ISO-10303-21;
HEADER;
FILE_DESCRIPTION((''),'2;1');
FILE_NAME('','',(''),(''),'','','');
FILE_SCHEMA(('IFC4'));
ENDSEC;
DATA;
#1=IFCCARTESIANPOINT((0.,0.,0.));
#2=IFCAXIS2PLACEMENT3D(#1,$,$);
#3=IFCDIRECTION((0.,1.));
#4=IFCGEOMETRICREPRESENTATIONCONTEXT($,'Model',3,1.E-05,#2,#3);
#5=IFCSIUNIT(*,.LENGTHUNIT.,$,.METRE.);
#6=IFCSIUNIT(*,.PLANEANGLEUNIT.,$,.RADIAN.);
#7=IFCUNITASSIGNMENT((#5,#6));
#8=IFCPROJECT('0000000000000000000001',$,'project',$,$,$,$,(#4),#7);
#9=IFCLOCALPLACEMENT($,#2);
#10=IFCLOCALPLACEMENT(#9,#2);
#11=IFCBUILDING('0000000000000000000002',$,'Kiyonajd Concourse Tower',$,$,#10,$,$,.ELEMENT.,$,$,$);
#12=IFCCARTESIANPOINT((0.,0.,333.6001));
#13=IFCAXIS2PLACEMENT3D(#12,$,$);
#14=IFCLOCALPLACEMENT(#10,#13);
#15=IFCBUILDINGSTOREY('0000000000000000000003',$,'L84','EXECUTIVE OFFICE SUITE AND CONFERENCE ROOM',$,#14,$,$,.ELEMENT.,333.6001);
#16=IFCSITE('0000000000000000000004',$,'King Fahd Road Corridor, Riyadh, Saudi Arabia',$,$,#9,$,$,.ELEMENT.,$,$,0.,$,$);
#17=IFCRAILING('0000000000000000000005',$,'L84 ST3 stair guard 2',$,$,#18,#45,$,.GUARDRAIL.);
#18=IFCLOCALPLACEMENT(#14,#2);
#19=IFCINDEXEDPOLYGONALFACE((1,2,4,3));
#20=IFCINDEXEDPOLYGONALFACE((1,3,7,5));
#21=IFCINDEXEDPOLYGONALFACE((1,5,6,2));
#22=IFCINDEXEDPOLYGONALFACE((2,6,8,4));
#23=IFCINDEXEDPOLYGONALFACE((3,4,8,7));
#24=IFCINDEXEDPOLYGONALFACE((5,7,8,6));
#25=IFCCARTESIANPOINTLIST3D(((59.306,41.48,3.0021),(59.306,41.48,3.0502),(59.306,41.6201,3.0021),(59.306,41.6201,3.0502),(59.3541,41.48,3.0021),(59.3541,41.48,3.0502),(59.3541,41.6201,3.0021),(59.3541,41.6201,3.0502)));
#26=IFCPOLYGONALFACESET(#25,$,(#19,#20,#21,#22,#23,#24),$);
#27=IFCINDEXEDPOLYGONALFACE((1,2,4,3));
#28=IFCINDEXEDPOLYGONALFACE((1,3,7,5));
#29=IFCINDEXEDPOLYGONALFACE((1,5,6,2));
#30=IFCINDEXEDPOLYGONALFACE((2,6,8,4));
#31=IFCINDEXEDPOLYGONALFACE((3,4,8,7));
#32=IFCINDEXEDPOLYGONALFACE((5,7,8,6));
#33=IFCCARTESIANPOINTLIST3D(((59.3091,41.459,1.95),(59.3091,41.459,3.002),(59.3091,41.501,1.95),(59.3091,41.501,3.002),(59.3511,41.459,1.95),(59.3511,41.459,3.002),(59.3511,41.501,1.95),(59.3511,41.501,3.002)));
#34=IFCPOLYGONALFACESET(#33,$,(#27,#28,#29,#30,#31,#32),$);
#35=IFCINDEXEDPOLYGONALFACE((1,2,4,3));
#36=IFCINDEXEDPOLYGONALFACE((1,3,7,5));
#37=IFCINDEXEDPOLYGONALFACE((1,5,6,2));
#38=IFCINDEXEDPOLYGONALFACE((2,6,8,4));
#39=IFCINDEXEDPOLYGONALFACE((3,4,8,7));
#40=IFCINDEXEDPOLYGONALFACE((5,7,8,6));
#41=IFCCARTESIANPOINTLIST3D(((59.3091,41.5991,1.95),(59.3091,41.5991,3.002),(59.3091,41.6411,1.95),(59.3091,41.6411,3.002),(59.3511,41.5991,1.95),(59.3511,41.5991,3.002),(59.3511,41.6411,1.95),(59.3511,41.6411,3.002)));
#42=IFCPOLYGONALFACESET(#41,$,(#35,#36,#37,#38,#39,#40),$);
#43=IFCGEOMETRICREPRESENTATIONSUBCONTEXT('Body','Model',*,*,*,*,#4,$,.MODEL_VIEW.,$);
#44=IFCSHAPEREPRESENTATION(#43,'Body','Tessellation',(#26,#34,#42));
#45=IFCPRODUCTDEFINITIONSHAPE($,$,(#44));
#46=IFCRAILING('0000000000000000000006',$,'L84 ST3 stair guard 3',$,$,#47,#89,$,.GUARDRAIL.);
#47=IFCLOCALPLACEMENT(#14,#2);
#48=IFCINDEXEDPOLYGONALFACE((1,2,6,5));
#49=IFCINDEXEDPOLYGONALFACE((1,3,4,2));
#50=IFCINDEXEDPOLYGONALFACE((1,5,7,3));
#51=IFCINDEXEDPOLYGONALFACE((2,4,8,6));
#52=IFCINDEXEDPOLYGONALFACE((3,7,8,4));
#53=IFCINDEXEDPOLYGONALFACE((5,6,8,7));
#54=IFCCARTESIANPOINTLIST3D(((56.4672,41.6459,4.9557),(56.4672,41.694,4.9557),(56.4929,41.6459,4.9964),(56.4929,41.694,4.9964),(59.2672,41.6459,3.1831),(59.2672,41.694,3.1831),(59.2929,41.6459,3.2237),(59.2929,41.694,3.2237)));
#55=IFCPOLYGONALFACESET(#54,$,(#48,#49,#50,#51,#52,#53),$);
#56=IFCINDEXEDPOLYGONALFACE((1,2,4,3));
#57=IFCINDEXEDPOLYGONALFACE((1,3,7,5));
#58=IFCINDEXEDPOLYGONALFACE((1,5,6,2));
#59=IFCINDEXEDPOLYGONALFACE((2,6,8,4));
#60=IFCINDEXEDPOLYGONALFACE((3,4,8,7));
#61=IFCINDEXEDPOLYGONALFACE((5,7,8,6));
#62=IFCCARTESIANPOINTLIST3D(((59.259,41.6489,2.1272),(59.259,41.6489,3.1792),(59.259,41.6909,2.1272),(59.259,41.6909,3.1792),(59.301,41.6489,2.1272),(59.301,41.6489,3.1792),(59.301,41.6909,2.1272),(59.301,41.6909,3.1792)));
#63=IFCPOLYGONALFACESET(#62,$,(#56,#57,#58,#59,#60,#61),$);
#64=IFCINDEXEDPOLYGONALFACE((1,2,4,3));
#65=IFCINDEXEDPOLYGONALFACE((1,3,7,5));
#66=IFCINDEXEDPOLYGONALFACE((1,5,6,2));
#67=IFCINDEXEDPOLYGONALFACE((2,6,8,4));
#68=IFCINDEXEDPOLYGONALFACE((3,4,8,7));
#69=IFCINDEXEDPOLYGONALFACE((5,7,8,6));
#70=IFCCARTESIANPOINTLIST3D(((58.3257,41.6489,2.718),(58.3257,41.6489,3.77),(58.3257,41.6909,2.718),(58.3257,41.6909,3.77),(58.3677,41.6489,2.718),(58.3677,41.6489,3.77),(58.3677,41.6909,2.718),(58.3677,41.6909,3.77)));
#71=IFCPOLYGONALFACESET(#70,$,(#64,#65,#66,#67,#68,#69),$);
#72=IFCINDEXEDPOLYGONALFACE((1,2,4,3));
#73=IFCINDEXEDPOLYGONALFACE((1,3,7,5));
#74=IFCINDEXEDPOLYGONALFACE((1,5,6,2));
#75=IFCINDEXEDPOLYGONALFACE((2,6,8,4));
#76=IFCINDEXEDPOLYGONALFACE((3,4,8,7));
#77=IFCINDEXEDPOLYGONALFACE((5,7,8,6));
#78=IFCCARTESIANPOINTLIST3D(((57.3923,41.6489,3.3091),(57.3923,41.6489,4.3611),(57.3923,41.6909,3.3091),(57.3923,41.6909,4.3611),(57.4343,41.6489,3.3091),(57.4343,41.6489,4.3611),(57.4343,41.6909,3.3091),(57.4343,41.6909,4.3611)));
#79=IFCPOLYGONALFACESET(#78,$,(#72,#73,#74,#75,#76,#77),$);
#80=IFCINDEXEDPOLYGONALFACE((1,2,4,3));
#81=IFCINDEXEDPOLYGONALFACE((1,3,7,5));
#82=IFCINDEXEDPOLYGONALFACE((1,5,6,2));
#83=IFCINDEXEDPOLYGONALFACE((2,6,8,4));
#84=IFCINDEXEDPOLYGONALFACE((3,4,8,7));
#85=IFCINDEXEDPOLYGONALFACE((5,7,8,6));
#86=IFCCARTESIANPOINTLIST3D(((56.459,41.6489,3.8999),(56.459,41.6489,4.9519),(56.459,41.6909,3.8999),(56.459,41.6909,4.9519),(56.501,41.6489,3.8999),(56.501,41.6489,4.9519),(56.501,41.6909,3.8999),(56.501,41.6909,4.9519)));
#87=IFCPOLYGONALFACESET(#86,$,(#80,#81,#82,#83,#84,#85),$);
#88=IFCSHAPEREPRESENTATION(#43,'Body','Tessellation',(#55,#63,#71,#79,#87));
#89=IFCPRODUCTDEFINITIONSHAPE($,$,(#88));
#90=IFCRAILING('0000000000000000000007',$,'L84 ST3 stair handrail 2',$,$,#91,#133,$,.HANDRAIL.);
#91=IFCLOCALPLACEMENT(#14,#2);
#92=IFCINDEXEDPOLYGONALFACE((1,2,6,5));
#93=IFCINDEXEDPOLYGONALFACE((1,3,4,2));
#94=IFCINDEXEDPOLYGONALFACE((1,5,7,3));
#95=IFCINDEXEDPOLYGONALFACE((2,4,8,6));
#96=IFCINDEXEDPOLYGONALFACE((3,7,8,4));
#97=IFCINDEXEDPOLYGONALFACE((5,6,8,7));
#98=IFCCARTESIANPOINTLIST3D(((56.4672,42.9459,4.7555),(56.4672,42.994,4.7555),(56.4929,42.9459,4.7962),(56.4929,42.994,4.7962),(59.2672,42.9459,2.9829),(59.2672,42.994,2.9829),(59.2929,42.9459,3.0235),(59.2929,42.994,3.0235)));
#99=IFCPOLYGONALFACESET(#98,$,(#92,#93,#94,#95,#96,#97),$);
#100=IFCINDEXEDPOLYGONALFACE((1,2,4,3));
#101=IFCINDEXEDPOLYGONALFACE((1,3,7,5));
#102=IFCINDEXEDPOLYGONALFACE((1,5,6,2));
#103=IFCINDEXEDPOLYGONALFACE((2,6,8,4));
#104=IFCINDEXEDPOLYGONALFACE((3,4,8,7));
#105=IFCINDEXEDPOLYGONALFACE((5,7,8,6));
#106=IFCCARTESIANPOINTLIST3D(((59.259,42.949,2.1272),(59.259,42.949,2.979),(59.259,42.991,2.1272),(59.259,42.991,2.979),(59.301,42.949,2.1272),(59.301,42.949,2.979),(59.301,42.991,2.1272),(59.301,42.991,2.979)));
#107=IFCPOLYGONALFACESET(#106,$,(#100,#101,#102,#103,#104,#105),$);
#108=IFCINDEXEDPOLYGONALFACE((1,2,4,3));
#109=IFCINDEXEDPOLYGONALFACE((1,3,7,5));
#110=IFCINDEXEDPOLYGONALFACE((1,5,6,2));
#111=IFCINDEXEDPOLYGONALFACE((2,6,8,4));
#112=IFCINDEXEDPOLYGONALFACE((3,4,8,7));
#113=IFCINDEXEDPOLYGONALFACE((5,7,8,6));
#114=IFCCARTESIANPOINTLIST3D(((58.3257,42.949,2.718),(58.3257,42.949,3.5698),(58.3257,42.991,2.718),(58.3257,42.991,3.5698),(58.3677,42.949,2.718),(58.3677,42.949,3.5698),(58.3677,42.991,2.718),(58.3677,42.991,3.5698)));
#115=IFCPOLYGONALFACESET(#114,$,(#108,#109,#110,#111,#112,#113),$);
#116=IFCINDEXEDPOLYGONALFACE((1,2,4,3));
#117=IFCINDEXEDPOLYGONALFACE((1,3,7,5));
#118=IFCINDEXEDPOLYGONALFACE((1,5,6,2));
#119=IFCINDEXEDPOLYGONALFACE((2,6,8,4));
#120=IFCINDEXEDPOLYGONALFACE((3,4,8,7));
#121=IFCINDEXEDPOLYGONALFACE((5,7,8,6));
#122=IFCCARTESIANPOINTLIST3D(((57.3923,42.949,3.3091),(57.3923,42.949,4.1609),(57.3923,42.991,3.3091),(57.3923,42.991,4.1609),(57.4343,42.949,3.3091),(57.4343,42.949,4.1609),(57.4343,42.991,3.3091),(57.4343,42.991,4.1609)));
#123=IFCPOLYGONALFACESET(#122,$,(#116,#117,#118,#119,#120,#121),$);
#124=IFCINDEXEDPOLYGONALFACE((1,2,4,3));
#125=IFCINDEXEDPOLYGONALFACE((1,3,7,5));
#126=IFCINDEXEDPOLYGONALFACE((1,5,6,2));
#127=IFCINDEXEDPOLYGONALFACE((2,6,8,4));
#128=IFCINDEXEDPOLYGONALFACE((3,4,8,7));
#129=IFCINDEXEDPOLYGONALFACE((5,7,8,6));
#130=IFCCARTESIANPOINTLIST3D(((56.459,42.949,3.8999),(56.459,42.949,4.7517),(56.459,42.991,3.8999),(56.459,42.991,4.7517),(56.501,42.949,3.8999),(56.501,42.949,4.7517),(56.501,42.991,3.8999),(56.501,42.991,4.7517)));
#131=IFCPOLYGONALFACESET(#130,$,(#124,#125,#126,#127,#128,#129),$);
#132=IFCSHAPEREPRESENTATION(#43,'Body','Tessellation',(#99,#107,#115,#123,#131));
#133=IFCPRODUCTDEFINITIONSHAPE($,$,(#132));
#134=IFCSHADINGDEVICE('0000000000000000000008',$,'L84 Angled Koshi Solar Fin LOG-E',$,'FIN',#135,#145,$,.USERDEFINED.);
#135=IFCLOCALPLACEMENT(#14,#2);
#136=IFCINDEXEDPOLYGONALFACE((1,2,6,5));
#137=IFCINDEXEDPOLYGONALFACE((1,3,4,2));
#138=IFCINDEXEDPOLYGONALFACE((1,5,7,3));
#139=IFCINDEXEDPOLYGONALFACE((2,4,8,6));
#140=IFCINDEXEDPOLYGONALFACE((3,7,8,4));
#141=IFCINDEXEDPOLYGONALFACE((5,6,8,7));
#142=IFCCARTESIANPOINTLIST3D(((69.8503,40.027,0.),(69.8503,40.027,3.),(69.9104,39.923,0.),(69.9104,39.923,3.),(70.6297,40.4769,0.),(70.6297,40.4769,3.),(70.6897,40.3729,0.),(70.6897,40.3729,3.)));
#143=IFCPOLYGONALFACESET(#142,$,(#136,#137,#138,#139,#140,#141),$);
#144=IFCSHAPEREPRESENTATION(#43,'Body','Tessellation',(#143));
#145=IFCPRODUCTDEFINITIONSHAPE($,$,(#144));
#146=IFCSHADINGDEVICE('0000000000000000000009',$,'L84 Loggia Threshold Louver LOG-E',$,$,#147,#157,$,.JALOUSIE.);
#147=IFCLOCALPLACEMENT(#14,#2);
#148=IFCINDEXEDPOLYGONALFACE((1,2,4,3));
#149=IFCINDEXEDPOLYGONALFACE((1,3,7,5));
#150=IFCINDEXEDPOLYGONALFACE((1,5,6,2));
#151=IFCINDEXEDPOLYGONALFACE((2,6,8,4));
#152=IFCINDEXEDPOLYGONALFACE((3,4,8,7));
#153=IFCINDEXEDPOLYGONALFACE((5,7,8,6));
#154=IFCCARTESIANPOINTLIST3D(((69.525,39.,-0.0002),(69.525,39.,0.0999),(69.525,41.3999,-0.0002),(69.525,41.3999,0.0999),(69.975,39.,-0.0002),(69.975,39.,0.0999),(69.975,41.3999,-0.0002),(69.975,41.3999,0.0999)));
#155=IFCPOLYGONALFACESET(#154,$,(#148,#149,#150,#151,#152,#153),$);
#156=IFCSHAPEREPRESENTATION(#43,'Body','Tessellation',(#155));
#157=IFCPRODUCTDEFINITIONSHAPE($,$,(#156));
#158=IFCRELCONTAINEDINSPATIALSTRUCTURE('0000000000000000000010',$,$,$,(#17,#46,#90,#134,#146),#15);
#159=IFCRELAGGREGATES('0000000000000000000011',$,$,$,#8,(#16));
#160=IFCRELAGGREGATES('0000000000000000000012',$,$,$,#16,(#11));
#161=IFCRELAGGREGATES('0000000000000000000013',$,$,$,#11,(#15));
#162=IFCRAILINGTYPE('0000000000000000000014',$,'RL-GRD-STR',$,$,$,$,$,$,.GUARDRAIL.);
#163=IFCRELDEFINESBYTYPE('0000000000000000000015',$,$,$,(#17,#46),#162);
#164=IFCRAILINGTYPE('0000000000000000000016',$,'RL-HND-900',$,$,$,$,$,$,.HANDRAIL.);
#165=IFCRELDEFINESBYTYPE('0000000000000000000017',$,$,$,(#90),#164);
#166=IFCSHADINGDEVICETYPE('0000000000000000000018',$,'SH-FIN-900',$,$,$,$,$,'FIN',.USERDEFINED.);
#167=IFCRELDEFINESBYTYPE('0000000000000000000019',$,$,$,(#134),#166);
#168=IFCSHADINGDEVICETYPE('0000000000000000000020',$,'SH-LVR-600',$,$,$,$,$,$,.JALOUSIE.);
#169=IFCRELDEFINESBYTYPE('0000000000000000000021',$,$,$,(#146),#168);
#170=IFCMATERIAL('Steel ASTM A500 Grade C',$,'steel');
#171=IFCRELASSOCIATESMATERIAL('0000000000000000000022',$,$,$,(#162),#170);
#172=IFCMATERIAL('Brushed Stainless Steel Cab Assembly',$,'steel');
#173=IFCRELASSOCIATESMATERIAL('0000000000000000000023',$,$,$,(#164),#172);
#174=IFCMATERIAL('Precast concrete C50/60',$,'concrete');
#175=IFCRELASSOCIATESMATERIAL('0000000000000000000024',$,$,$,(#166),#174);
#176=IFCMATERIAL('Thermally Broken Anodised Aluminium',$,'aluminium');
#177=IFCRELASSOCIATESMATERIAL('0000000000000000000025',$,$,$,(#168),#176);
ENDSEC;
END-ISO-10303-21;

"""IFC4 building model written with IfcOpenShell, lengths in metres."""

from ifc_helpers import new_model, si_unit, direction, frame, origin, origin_2d, place, context, subcontext, project, spatial, rectangle, extrude, material, type_object, element, save


model = new_model("IFC4")

# Units and contexts
model_context = context("Model", 3, precision=1e-05, world=origin(), true_north=direction((0.0, 1.0)))
body_context = subcontext(model_context, "Body", "Model", "MODEL_VIEW")
ifc_project = project(units=[si_unit("LENGTHUNIT", "METRE"), si_unit("PLANEANGLEUNIT", "RADIAN")], contexts=[model_context])

# Site, building, storey
site_placement = place(None, origin())
site = spatial("IfcSite", under=ifc_project, at=site_placement, Name="King Fahd Road Corridor, Riyadh, Saudi Arabia", CompositionType="ELEMENT", RefElevation=0.0)
building_placement = place(site_placement, origin())
building = spatial("IfcBuilding", under=site, at=building_placement, Name="Kiyonajd Concourse Tower", CompositionType="ELEMENT")
storey_placement = place(building_placement, frame((0.0, 0.0, 333.6001)))
storey = spatial("IfcBuildingStorey", under=building, at=storey_placement, Name="L84", Description="EXECUTIVE OFFICE SUITE AND CONFERENCE ROOM", CompositionType="ELEMENT", Elevation=333.6001)

# Shared definitions
ifc_material_1 = material(Name="Thermally Broken Anodised Aluminium", Category="aluminium")

# Shared definitions
ifc_material_2 = material(Name="Precast concrete C50/60", Category="concrete")

# Shared definitions
ifc_material_3 = material(Name="Brushed Stainless Steel Cab Assembly", Category="steel")

# Railings
ifc_material_4 = material(Name="Steel ASTM A500 Grade C", Category="steel")
railing_type_1 = type_object("IfcRailingType", Name="RL-GRD-STR", PredefinedType="GUARDRAIL", material=ifc_material_4)
railing_1_placement = place(storey_placement, frame((59.3301, 41.48, 1.95)))
element("IfcRailing", 1, at=railing_1_placement, inside=storey, type_object=railing_type_1, Name="L84 ST3 stair guard 2", PredefinedType="GUARDRAIL", context=body_context, shape_type="SweptSolid", body=[
    extrude(rectangle(XDim=0.0481, YDim=0.0481, at=origin_2d()), frame((0.0, 0.0, 1.0762), z_axis=(0.0, 1.0, 0.0), x_axis=(-1.0, 0.0, 0.0)), (0.0, 0.0, 1.0), 0.1401),
    extrude(rectangle(XDim=0.042, YDim=0.042, at=origin_2d()), origin(), (0.0, 0.0, 1.0), 1.052),
    extrude(rectangle(XDim=0.042, YDim=0.042, at=origin_2d()), frame((0.0, 0.1401, 0.0)), (0.0, 0.0, 1.0), 1.052),
])
railing_2_placement = place(storey_placement, frame((59.28, 41.6699, 2.1272)))
element("IfcRailing", 2, at=railing_2_placement, inside=storey, type_object=railing_type_1, Name="L84 ST3 stair guard 3", PredefinedType="GUARDRAIL", context=body_context, shape_type="SweptSolid", body=[
    extrude(rectangle(XDim=0.0481, YDim=0.0481, at=origin_2d()), frame((0.0, 0.0, 1.0762), z_axis=(-0.844909, 0.0, 0.53491), x_axis=(0.0, -1.0, 0.0)), (0.0, 0.0, 1.0), 3.314),
    extrude(rectangle(XDim=0.042, YDim=0.042, at=origin_2d()), origin(), (0.0, 0.0, 1.0), 1.052),
    extrude(rectangle(XDim=0.042, YDim=0.042, at=origin_2d()), frame((-0.9333, 0.0, 0.5908)), (0.0, 0.0, 1.0), 1.052),
    extrude(rectangle(XDim=0.042, YDim=0.042, at=origin_2d()), frame((-1.8667, 0.0, 1.1819)), (0.0, 0.0, 1.0), 1.052),
    extrude(rectangle(XDim=0.042, YDim=0.042, at=origin_2d()), frame((-2.8, 0.0, 1.7727)), (0.0, 0.0, 1.0), 1.052),
])
railing_type_2 = type_object("IfcRailingType", Name="RL-HND-900", PredefinedType="HANDRAIL", material=ifc_material_3)
railing_3_placement = place(storey_placement, frame((59.28, 42.97, 2.1272)))
element("IfcRailing", 3, at=railing_3_placement, inside=storey, type_object=railing_type_2, Name="L84 ST3 stair handrail 2", PredefinedType="HANDRAIL", context=body_context, shape_type="SweptSolid", body=[
    extrude(rectangle(XDim=0.0481, YDim=0.0481, at=origin_2d()), frame((0.0, 0.0, 0.876), z_axis=(-0.844909, 0.0, 0.53491), x_axis=(0.0, -1.0, 0.0)), (0.0, 0.0, 1.0), 3.314),
    extrude(rectangle(XDim=0.042, YDim=0.042, at=origin_2d()), origin(), (0.0, 0.0, 1.0), 0.8518),
    extrude(rectangle(XDim=0.042, YDim=0.042, at=origin_2d()), frame((-0.9333, 0.0, 0.5908)), (0.0, 0.0, 1.0), 0.8518),
    extrude(rectangle(XDim=0.042, YDim=0.042, at=origin_2d()), frame((-1.8667, 0.0, 1.1819)), (0.0, 0.0, 1.0), 0.8518),
    extrude(rectangle(XDim=0.042, YDim=0.042, at=origin_2d()), frame((-2.8, 0.0, 1.7727)), (0.0, 0.0, 1.0), 0.8518),
])

# Shading devices
shading_device_type_1 = type_object("IfcShadingDeviceType", Name="SH-FIN-900", ElementType="FIN", PredefinedType="USERDEFINED", material=ifc_material_2)
shading_device_1_placement = place(storey_placement, frame((70.27, 40.2, 0.0), z_axis=(0.0, 0.0, 1.0), x_axis=(0.866025, 0.5, 0.0)))
element("IfcShadingDevice", 4, at=shading_device_1_placement, inside=storey, type_object=shading_device_type_1, Name="L84 Angled Koshi Solar Fin LOG-E", ObjectType="FIN", PredefinedType="USERDEFINED", context=body_context, shape_type="SweptSolid", body=[
    extrude(rectangle(XDim=0.8999, YDim=0.1201, at=origin_2d()), origin(), (0.0, 0.0, 1.0), 3.0),
])
shading_device_type_2 = type_object("IfcShadingDeviceType", Name="SH-LVR-600", PredefinedType="JALOUSIE", material=ifc_material_1)
shading_device_2_placement = place(storey_placement, frame((69.75, 40.2, -0.0002), z_axis=(0.0, 0.0, 1.0), x_axis=(0.0, 1.0, 0.0)))
element("IfcShadingDevice", 5, at=shading_device_2_placement, inside=storey, type_object=shading_device_type_2, Name="L84 Loggia Threshold Louver LOG-E", PredefinedType="JALOUSIE", context=body_context, shape_type="SweptSolid", body=[
    extrude(rectangle(XDim=2.3999, YDim=0.45, at=origin_2d()), origin(), (0.0, 0.0, 1.0), 0.1001),
])

save(model, "model.ifc")
